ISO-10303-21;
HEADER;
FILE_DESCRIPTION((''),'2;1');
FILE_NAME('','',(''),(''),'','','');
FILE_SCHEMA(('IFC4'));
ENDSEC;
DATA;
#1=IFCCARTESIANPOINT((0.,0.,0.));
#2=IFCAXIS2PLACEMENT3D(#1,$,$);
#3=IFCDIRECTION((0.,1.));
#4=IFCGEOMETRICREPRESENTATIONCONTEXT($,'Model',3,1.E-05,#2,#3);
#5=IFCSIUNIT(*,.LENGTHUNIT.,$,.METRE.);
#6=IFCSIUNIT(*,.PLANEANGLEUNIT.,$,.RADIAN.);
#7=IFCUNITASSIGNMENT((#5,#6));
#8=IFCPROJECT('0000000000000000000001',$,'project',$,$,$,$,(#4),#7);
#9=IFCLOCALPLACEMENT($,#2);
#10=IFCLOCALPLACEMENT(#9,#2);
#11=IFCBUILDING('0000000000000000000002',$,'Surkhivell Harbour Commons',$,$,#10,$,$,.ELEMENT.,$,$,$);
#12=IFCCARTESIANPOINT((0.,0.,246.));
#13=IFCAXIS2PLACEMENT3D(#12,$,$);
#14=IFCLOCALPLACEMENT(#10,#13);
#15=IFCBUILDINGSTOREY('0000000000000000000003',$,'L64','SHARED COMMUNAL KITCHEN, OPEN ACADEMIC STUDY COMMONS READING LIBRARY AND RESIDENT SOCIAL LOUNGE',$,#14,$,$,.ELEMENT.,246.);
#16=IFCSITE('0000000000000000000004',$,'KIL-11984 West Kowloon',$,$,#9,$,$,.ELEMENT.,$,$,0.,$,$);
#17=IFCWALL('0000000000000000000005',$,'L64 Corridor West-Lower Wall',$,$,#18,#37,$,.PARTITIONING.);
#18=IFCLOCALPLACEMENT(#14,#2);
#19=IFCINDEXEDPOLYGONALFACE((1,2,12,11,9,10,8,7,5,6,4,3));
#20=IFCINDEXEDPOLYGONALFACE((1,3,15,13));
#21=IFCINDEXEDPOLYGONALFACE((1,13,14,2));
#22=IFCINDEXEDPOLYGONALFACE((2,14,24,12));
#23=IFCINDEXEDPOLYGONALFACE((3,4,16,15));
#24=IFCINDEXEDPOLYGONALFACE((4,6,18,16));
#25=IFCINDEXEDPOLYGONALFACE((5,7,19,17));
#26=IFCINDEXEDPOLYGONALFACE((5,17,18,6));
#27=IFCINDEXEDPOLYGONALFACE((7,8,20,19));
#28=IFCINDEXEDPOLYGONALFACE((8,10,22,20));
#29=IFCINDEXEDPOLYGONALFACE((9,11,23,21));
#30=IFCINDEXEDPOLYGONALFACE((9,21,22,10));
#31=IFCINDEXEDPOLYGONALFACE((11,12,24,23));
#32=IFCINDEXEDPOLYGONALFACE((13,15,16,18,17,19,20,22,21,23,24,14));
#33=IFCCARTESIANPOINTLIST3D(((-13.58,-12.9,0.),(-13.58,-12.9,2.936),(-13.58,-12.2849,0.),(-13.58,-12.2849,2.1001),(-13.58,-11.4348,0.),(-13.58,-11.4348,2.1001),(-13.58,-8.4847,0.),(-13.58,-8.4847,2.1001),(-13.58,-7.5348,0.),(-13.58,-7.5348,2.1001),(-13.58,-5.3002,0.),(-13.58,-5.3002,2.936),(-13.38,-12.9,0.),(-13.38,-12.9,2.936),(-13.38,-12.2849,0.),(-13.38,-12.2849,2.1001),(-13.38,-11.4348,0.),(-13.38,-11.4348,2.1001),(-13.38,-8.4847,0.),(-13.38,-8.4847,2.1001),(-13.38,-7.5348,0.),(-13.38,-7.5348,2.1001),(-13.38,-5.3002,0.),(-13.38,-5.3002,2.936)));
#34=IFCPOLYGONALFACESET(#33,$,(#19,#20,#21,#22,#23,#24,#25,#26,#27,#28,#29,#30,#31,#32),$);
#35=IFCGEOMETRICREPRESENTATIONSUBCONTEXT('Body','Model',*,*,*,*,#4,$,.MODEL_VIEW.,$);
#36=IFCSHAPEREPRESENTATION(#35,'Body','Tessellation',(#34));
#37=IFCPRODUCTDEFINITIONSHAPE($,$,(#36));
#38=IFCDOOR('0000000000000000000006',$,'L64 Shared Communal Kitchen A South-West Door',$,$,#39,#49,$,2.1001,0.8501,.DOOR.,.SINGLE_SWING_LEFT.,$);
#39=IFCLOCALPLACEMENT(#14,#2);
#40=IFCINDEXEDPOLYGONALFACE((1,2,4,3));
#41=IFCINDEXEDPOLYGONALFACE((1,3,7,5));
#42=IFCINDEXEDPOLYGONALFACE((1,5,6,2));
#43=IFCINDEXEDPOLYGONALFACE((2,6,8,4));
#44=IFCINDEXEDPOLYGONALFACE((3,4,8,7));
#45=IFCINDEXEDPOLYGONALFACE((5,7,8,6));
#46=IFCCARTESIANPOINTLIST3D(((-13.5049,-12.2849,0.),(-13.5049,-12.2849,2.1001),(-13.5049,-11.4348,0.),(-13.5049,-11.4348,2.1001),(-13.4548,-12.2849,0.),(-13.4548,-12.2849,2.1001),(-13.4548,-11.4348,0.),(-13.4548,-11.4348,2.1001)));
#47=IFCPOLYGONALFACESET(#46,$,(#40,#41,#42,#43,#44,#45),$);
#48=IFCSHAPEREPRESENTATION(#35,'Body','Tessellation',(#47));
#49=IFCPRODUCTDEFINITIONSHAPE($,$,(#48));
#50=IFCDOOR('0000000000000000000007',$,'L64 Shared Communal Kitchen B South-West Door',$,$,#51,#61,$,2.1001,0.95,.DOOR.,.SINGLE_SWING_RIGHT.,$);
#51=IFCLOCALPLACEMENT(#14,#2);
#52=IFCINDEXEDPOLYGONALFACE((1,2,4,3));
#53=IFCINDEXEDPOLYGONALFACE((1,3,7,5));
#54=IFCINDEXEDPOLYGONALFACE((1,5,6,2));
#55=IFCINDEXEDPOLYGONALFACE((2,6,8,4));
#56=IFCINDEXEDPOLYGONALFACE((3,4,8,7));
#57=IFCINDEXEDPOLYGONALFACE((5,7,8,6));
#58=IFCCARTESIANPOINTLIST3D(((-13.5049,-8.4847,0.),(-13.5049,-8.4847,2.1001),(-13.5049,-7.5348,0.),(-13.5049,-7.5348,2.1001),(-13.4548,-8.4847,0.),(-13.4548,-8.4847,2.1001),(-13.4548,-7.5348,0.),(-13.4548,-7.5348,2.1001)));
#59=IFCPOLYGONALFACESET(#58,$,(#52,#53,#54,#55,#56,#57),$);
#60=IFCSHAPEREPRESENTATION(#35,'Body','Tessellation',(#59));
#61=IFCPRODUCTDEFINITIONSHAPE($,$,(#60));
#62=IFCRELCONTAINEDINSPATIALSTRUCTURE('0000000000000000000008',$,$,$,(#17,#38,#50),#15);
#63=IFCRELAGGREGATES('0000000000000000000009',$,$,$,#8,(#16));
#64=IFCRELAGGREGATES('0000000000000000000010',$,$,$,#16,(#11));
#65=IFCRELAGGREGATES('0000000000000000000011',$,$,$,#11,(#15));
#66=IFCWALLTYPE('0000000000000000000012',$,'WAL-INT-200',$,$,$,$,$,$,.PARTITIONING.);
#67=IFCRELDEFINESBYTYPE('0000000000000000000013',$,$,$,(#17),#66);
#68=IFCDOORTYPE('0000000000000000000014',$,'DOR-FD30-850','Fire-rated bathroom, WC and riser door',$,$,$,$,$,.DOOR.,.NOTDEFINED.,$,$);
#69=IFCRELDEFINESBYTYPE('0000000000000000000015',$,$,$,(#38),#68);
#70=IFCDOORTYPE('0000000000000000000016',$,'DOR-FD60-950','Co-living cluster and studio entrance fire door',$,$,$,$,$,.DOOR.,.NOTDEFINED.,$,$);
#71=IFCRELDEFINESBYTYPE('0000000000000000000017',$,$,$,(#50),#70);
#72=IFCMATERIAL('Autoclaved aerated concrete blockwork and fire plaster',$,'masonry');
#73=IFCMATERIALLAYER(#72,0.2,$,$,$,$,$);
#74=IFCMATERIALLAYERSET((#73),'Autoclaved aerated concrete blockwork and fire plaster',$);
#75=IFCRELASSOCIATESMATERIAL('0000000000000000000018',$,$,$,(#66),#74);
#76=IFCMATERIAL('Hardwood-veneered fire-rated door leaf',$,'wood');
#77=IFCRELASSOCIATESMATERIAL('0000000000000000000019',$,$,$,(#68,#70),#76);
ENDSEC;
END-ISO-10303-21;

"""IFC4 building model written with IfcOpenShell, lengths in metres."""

from ifc_helpers import new_model, si_unit, direction, frame, frame_2d, origin, place, context, subcontext, project, spatial, rectangle, extrude, material, layer, layer_set, type_object, element, fill, save


model = new_model("IFC4")

# Units and contexts
model_context = context("Model", 3, precision=1e-05, world=origin(), true_north=direction((0.0, 1.0)))
body_context = subcontext(model_context, "Body", "Model", "MODEL_VIEW")
ifc_project = project(units=[si_unit("LENGTHUNIT", "METRE"), si_unit("PLANEANGLEUNIT", "RADIAN")], contexts=[model_context])

# Site, building, storey
site_placement = place(None, origin())
site = spatial("IfcSite", under=ifc_project, at=site_placement, Name="KIL-11984 West Kowloon", CompositionType="ELEMENT", RefElevation=0.0)
building_placement = place(site_placement, origin())
building = spatial("IfcBuilding", under=site, at=building_placement, Name="Surkhivell Harbour Commons", CompositionType="ELEMENT")
storey_placement = place(building_placement, frame((0.0, 0.0, 246.0)))
storey = spatial("IfcBuildingStorey", under=building, at=storey_placement, Name="L64", Description="SHARED COMMUNAL KITCHEN, OPEN ACADEMIC STUDY COMMONS READING LIBRARY AND RESIDENT SOCIAL LOUNGE", CompositionType="ELEMENT", Elevation=246.0)

# Wall, openings, doors
ifc_material_1 = material(Name="Autoclaved aerated concrete blockwork and fire plaster", Category="masonry")
ifc_layer_1 = layer(ifc_material_1, 0.2)
ifc_layer_set_1 = layer_set([ifc_layer_1], Name="Autoclaved aerated concrete blockwork and fire plaster")
wall_type_1 = type_object("IfcWallType", Name="WAL-INT-200", PredefinedType="PARTITIONING", material=ifc_layer_set_1)
wall_1_placement = place(storey_placement, frame((-13.48, -12.8999, 0.0), z_axis=(0.0, 0.0, 1.0), x_axis=(0.0, 1.0, 0.0)))
wall_1 = element("IfcWall", 1, at=wall_1_placement, inside=storey, type_object=wall_type_1, Name="L64 Corridor West-Lower Wall", PredefinedType="PARTITIONING", context=body_context, shape_type="SweptSolid", body=[
    extrude(rectangle(XDim=7.5999, YDim=0.2, at=frame_2d((3.7998, 0.0))), origin(), (0.0, 0.0, 1.0), 2.936),
])
opening_1_placement = place(wall_1_placement, frame((0.615, 0.0, 0.0)))
opening_1 = element("IfcOpeningElement", 2, at=opening_1_placement, cuts=wall_1, PredefinedType="OPENING", context=body_context, shape_type="SweptSolid", body=[
    extrude(rectangle(XDim=0.8501, YDim=2.1001, at=frame_2d((0.425, 1.05))), frame((0.0, 0.1099, 0.0), z_axis=(0.0, -1.0, 0.0), x_axis=(1.0, 0.0, 0.0)), (0.0, 0.0, 1.0), 0.22),
])
opening_2_placement = place(wall_1_placement, frame((4.415, 0.0, 0.0)))
opening_2 = element("IfcOpeningElement", 3, at=opening_2_placement, cuts=wall_1, PredefinedType="OPENING", context=body_context, shape_type="SweptSolid", body=[
    extrude(rectangle(XDim=0.95, YDim=2.1001, at=frame_2d((0.4751, 1.05))), frame((0.0, 0.1099, 0.0), z_axis=(0.0, -1.0, 0.0), x_axis=(1.0, 0.0, 0.0)), (0.0, 0.0, 1.0), 0.22),
])
ifc_material_2 = material(Name="Hardwood-veneered fire-rated door leaf", Category="wood")
door_type_1 = type_object("IfcDoorType", Name="DOR-FD30-850", Description="Fire-rated bathroom, WC and riser door", OperationType="NOTDEFINED", PredefinedType="DOOR", material=ifc_material_2)
door_1_placement = place(opening_1_placement, origin())
door_1 = element("IfcDoor", 4, at=door_1_placement, inside=storey, type_object=door_type_1, Name="L64 Shared Communal Kitchen A South-West Door", OperationType="SINGLE_SWING_LEFT", OverallHeight=2.1001, OverallWidth=0.8501, PredefinedType="DOOR", context=body_context, shape_type="SweptSolid", body=[
    extrude(rectangle(XDim=0.8501, YDim=2.1001, at=frame_2d((0.425, 1.05))), frame((0.0, 0.0249, 0.0), z_axis=(0.0, -1.0, 0.0), x_axis=(1.0, 0.0, 0.0)), (0.0, 0.0, 1.0), 0.05),
])
fill(opening_1, door_1)
door_type_2 = type_object("IfcDoorType", Name="DOR-FD60-950", Description="Co-living cluster and studio entrance fire door", OperationType="NOTDEFINED", PredefinedType="DOOR", material=ifc_material_2)
door_2_placement = place(opening_2_placement, origin())
door_2 = element("IfcDoor", 5, at=door_2_placement, inside=storey, type_object=door_type_2, Name="L64 Shared Communal Kitchen B South-West Door", OperationType="SINGLE_SWING_RIGHT", OverallHeight=2.1001, OverallWidth=0.95, PredefinedType="DOOR", context=body_context, shape_type="SweptSolid", body=[
    extrude(rectangle(XDim=0.95, YDim=2.1001, at=frame_2d((0.4751, 1.05))), frame((0.0, 0.0249, 0.0), z_axis=(0.0, -1.0, 0.0), x_axis=(1.0, 0.0, 0.0)), (0.0, 0.0, 1.0), 0.05),
])
fill(opening_2, door_2)

save(model, "model.ifc")
